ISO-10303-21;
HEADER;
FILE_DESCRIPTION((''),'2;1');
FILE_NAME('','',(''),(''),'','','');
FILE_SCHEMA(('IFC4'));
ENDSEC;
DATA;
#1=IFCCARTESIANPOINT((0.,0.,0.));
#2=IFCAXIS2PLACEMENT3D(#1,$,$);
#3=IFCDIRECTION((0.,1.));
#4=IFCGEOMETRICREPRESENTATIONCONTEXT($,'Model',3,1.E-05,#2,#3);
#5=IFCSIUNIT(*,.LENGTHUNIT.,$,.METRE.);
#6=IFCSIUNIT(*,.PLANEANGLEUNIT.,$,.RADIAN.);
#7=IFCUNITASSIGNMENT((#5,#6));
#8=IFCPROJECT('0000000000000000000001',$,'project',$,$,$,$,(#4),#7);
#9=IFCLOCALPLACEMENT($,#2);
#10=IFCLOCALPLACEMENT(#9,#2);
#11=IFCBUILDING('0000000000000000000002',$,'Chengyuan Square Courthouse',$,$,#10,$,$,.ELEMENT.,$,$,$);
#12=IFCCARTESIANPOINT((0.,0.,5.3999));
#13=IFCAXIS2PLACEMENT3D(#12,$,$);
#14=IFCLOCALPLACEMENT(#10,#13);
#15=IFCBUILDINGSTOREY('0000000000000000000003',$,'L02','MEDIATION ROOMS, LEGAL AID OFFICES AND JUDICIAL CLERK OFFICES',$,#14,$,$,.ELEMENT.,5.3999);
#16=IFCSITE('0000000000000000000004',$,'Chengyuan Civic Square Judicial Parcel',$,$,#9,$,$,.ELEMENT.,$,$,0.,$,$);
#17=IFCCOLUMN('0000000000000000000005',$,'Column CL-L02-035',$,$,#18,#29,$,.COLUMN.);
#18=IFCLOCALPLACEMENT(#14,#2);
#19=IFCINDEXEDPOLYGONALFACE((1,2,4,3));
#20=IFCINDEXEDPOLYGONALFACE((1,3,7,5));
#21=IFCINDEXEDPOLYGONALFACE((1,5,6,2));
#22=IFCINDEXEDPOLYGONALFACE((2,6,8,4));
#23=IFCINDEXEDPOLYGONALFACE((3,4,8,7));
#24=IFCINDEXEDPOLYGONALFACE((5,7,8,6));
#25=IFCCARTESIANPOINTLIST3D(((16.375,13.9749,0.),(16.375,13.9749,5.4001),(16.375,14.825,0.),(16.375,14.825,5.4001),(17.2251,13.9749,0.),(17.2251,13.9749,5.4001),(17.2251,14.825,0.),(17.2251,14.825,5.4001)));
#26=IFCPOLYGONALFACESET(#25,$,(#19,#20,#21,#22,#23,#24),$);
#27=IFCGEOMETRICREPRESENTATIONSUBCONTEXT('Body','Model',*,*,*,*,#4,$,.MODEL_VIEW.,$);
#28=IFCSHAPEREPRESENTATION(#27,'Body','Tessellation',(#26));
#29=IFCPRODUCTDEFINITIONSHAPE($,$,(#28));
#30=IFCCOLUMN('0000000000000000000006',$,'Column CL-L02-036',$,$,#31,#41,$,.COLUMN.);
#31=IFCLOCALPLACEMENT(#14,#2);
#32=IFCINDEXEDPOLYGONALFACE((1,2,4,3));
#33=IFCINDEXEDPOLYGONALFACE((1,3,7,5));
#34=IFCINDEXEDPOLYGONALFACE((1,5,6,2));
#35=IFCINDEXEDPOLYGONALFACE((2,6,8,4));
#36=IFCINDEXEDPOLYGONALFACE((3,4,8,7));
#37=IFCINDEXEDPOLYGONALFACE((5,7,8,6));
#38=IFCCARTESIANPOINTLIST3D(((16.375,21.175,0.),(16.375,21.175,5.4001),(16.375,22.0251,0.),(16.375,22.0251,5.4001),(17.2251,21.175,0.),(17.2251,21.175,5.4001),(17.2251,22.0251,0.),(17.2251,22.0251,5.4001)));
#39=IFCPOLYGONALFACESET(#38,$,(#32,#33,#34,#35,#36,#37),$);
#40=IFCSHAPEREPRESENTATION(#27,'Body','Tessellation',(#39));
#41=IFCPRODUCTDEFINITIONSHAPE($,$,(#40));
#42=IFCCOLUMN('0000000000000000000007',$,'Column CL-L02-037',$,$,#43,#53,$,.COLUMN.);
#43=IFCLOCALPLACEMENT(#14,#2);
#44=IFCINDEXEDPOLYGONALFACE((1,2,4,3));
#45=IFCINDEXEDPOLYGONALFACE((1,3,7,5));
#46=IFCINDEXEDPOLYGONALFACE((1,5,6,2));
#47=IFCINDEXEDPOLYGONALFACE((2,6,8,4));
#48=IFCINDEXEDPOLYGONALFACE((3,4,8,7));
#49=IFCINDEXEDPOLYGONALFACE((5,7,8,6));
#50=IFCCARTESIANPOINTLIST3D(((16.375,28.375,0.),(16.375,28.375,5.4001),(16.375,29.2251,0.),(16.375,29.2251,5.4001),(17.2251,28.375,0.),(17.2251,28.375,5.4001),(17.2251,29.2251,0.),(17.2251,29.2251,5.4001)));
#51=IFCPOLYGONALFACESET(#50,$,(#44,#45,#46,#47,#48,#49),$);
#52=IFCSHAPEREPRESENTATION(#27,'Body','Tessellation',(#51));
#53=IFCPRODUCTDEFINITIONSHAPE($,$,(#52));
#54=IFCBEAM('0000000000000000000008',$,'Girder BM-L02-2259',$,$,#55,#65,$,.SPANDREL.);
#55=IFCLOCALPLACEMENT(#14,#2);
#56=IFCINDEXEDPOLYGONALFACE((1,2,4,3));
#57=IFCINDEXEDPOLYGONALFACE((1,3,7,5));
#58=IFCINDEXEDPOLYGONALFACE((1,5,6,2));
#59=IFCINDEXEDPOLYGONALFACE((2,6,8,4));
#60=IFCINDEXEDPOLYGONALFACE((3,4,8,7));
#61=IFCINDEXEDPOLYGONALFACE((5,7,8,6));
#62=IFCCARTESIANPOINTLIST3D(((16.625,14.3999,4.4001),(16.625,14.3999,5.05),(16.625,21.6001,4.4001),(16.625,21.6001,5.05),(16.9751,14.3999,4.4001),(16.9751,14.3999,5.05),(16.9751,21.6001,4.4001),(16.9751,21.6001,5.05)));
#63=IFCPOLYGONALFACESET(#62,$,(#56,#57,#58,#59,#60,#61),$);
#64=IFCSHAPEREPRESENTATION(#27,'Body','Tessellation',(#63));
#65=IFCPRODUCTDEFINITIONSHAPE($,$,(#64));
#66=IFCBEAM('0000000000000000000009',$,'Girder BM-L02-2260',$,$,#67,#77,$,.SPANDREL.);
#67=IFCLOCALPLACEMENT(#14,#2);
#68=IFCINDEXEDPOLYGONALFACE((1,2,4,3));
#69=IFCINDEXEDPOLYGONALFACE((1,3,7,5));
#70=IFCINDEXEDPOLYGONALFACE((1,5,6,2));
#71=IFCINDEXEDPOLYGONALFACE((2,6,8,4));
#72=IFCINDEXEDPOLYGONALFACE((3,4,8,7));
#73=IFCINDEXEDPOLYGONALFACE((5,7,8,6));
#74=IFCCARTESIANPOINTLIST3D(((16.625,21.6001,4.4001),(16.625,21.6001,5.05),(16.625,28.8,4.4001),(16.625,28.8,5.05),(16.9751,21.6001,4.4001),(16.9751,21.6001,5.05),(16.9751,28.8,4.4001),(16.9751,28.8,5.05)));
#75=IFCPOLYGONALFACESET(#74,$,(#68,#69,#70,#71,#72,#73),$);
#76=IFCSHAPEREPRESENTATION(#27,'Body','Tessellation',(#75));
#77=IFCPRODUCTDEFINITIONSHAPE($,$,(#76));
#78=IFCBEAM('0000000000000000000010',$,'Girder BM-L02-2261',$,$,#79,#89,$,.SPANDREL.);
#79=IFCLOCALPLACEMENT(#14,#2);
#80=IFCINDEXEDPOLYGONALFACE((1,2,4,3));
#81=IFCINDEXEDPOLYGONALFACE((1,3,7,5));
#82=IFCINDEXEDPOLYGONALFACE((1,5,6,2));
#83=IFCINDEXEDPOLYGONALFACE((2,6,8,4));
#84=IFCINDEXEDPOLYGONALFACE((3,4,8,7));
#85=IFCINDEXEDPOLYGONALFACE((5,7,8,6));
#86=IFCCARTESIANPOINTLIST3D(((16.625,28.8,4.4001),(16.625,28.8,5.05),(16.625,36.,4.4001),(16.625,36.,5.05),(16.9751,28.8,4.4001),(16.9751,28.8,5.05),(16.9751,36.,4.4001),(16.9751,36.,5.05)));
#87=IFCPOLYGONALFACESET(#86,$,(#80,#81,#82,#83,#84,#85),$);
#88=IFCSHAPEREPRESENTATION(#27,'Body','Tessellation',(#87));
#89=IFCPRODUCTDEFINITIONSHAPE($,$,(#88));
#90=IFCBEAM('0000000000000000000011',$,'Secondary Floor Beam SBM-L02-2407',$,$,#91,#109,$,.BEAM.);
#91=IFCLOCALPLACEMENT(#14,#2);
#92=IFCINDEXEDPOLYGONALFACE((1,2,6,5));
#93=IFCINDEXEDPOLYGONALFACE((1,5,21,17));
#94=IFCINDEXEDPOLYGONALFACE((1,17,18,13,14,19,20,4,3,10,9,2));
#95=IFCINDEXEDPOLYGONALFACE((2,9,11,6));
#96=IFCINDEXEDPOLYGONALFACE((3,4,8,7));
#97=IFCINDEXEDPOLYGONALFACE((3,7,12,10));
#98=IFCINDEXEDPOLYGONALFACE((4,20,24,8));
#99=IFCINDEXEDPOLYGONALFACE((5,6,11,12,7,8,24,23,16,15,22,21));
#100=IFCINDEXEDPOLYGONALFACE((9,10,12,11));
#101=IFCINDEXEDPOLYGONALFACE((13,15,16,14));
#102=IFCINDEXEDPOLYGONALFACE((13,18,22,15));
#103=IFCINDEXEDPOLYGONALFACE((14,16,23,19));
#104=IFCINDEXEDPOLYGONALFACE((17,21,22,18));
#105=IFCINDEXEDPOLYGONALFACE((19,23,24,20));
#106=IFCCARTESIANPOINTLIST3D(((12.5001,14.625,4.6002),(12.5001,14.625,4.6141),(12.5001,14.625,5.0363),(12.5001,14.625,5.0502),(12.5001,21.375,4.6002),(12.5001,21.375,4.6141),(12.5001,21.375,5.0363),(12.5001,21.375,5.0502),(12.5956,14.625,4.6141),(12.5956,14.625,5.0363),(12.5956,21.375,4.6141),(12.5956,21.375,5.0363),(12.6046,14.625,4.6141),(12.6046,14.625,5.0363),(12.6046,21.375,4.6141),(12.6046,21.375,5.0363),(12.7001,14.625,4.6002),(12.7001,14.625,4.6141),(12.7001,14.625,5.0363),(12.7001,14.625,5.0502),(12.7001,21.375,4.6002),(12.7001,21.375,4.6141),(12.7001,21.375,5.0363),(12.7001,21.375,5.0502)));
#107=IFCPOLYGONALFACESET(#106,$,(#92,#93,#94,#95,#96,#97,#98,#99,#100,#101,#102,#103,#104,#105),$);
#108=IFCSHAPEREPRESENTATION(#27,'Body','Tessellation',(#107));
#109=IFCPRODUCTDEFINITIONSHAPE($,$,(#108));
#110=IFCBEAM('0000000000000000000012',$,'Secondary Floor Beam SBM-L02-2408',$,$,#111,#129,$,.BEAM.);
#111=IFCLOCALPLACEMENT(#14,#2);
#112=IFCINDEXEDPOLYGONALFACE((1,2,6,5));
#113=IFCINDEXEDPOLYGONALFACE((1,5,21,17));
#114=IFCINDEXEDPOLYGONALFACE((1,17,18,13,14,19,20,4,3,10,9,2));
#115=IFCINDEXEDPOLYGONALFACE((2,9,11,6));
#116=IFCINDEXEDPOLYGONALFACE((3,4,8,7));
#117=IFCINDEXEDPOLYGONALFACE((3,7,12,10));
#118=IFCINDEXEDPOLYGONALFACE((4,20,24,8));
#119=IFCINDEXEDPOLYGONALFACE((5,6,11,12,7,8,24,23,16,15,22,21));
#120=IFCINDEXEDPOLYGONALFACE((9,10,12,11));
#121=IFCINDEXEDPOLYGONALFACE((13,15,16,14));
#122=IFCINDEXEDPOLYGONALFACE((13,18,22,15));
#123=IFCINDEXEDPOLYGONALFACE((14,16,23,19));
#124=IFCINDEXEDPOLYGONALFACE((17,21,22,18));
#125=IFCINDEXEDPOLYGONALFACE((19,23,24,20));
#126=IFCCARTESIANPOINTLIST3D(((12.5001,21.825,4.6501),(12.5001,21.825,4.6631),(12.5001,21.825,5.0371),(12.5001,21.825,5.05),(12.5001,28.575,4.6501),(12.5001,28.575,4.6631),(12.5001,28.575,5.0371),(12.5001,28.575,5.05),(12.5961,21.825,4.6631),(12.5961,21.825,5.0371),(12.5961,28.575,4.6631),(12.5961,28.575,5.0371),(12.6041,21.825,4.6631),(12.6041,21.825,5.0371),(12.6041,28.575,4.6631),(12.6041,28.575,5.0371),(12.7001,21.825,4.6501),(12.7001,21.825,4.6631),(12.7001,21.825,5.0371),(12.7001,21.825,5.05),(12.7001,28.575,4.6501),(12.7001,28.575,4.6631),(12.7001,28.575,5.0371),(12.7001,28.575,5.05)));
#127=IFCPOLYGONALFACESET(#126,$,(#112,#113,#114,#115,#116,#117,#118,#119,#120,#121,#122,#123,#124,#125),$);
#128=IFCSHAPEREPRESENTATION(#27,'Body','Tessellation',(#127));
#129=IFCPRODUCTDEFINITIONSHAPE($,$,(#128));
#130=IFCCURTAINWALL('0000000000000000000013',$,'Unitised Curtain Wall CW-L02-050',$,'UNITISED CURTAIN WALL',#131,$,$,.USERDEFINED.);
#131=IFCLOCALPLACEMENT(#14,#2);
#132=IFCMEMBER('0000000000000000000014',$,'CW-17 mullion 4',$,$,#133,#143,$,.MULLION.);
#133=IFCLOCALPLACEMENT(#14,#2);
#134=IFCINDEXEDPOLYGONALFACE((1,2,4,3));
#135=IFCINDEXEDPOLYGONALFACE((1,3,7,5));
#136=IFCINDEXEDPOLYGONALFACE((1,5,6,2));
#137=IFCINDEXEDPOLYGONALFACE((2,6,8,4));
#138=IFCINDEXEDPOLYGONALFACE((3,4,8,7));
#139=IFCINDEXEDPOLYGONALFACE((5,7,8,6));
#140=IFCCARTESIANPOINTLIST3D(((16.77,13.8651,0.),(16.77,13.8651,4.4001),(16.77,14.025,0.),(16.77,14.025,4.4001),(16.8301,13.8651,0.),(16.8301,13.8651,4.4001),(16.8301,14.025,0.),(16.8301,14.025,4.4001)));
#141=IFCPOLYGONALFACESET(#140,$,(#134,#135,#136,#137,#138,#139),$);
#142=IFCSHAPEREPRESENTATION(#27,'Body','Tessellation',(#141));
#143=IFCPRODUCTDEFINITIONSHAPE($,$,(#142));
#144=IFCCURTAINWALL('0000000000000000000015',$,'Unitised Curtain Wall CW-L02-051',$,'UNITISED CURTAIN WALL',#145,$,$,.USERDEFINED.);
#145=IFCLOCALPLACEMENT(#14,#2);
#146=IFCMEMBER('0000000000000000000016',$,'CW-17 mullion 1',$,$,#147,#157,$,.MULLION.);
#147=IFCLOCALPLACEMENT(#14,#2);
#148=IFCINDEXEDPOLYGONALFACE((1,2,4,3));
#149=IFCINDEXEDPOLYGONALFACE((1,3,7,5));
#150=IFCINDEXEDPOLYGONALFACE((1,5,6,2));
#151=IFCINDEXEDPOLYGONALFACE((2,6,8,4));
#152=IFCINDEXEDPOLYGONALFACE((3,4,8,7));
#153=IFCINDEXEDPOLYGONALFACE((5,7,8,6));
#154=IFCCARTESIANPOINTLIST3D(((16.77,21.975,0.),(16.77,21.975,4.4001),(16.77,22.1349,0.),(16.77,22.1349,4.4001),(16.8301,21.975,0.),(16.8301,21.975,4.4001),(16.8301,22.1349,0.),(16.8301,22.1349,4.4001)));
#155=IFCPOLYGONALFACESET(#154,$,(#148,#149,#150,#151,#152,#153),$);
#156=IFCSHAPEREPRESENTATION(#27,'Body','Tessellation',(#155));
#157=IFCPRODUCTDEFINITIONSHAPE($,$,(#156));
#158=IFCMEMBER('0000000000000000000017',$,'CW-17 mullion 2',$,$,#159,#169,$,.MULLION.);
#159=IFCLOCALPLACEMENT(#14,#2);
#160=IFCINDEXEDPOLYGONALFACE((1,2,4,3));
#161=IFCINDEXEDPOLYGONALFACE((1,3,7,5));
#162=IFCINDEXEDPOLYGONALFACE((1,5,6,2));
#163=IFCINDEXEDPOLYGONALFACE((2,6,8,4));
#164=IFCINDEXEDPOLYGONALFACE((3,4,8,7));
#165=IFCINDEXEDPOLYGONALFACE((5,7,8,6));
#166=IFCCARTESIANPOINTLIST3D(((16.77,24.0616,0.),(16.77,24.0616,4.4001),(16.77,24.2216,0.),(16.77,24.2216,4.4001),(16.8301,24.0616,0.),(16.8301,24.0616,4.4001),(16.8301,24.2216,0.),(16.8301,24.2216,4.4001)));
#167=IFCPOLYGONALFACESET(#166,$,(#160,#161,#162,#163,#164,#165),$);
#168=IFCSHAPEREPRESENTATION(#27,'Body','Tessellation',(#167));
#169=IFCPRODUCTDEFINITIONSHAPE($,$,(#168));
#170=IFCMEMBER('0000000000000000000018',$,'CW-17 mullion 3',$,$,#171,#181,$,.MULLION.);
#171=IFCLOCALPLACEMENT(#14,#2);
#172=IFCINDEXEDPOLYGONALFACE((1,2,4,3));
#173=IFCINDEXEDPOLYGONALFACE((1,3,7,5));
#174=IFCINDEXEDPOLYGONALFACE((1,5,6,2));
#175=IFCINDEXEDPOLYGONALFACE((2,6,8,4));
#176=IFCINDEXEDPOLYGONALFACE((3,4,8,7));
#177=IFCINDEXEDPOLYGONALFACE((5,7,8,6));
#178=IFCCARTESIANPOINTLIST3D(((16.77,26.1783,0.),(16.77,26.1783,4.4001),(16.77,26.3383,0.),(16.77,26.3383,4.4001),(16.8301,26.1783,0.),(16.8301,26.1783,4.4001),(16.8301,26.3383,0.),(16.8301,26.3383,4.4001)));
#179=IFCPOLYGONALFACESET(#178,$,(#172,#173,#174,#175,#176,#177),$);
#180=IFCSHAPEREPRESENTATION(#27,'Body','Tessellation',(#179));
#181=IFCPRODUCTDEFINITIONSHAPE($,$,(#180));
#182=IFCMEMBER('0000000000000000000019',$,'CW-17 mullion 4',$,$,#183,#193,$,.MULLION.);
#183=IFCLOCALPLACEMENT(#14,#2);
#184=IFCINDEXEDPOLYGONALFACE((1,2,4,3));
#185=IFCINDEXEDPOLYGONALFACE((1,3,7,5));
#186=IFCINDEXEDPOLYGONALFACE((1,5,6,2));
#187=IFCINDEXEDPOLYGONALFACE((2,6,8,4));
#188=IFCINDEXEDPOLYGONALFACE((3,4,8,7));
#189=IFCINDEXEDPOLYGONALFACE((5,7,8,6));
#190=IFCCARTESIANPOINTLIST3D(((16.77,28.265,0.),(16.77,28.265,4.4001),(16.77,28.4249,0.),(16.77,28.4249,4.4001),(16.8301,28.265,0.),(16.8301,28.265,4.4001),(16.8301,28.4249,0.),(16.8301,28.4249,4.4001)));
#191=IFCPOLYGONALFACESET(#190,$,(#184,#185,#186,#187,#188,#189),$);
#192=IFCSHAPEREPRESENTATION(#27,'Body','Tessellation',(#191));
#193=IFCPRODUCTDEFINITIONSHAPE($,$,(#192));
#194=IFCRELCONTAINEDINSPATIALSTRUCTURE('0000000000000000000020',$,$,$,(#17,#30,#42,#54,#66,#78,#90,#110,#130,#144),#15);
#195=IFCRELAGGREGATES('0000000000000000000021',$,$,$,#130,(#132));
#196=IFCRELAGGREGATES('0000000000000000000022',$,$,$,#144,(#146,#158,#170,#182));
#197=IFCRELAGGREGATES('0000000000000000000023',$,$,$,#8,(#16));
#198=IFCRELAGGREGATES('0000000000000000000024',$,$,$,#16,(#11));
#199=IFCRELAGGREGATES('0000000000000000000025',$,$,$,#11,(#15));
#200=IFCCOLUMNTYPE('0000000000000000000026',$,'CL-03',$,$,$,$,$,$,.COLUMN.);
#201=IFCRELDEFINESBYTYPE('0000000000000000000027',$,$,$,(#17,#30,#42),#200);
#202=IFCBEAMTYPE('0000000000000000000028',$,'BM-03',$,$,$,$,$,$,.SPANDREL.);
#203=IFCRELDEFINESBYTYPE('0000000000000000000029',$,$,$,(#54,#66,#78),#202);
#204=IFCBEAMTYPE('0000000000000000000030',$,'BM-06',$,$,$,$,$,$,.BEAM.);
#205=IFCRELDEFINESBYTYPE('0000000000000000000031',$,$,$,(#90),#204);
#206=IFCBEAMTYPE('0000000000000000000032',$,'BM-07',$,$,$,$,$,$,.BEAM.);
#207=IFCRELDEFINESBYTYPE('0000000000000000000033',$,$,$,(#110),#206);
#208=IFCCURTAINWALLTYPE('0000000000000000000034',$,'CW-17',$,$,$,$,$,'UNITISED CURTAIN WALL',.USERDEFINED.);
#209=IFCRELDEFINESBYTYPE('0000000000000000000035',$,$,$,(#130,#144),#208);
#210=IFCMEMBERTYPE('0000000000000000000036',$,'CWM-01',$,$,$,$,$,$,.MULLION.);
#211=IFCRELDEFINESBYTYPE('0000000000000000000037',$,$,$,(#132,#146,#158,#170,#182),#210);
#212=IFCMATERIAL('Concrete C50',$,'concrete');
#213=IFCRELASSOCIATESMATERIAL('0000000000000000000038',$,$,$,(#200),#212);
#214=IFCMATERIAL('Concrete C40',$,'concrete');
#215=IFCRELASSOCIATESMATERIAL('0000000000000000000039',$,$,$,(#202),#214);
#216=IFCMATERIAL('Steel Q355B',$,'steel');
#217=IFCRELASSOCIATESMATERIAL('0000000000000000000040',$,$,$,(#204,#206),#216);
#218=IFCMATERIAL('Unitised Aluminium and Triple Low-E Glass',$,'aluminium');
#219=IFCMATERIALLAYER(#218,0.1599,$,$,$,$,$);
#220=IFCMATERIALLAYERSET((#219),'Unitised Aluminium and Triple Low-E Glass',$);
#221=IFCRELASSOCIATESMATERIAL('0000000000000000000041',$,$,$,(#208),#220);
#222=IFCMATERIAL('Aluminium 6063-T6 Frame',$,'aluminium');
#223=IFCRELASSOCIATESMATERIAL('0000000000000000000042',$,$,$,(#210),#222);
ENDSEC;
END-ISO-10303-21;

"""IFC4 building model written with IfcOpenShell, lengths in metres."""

from ifc_helpers import new_model, si_unit, direction, frame, origin, origin_2d, place, context, subcontext, project, spatial, rectangle, i_section, extrude, material, layer, layer_set, material_profile, profile_set, type_object, element, aggregate, save


model = new_model("IFC4")

# Units and contexts
model_context = context("Model", 3, precision=1e-05, world=origin(), true_north=direction((0.0, 1.0)))
body_context = subcontext(model_context, "Body", "Model", "MODEL_VIEW")
ifc_project = project(units=[si_unit("LENGTHUNIT", "METRE"), si_unit("PLANEANGLEUNIT", "RADIAN")], contexts=[model_context])

# Site, building, storey
site_placement = place(None, origin())
site = spatial("IfcSite", under=ifc_project, at=site_placement, Name="Chengyuan Civic Square Judicial Parcel", CompositionType="ELEMENT", RefElevation=0.0)
building_placement = place(site_placement, origin())
building = spatial("IfcBuilding", under=site, at=building_placement, Name="Chengyuan Square Courthouse", CompositionType="ELEMENT")
storey_placement = place(building_placement, frame((0.0, 0.0, 5.3999)))
storey = spatial("IfcBuildingStorey", under=building, at=storey_placement, Name="L02", Description="MEDIATION ROOMS, LEGAL AID OFFICES AND JUDICIAL CLERK OFFICES", CompositionType="ELEMENT", Elevation=5.3999)

# Columns
ifc_material_1 = material(Name="Concrete C50", Category="concrete")
ifc_material_profile_1 = material_profile(ifc_material_1, rectangle(XDim=0.8501, YDim=0.8501, at=origin_2d()), Name="RC-COL-850x850")
ifc_profile_set_1 = profile_set([ifc_material_profile_1], Name="Concrete C50")
column_type = type_object("IfcColumnType", Name="CL-03", PredefinedType="COLUMN", material=ifc_profile_set_1)
for number, where, z_axis, x_axis, name in (
    (1, (16.8, 14.3999, 0.0), (0.0, 0.0, 1.0), (1.0, 0.0, 0.0), "Column CL-L02-035"),
    (2, (16.8, 21.6001, 0.0), (0.0, 0.0, 1.0), (1.0, 0.0, 0.0), "Column CL-L02-036"),
    (3, (16.8, 28.8, 0.0), (0.0, 0.0, 1.0), (1.0, 0.0, 0.0), "Column CL-L02-037"),
):
    element("IfcColumn", number, at=place(storey_placement, frame(where, z_axis=z_axis, x_axis=x_axis)), inside=storey, type_object=column_type, Name=name, PredefinedType="COLUMN", context=body_context, shape_type="SweptSolid", body=[
        extrude(rectangle(XDim=0.8501, YDim=0.8501, at=origin_2d()), origin(), (0.0, 0.0, 1.0), 5.4001),
    ])

# Beams
ifc_material_2 = material(Name="Concrete C40", Category="concrete")
ifc_material_profile_2 = material_profile(ifc_material_2, rectangle(XDim=0.3501, YDim=0.6499, at=origin_2d()), Name="RC-BM-350x650")
ifc_profile_set_2 = profile_set([ifc_material_profile_2], Name="Concrete C40")
beam_type_1 = type_object("IfcBeamType", Name="BM-03", PredefinedType="SPANDREL", material=ifc_profile_set_2)
beam_1_placement = place(storey_placement, frame((16.8, 14.3999, 4.7251), z_axis=(0.0, 1.0, 0.0), x_axis=(-1.0, 0.0, 0.0)))
element("IfcBeam", 4, at=beam_1_placement, inside=storey, type_object=beam_type_1, Name="Girder BM-L02-2259", PredefinedType="SPANDREL", context=body_context, shape_type="SweptSolid", body=[
    extrude(rectangle(XDim=0.3501, YDim=0.6499, at=origin_2d()), origin(), (0.0, 0.0, 1.0), 7.2002),
])
for number, where, z_axis, x_axis, name in (
    (5, (16.8, 21.6001, 4.7251), (0.0, 1.0, 0.0), (-1.0, 0.0, 0.0), "Girder BM-L02-2260"),
    (6, (16.8, 28.8, 4.7251), (0.0, 1.0, 0.0), (-1.0, 0.0, 0.0), "Girder BM-L02-2261"),
):
    element("IfcBeam", number, at=place(storey_placement, frame(where, z_axis=z_axis, x_axis=x_axis)), inside=storey, type_object=beam_type_1, Name=name, PredefinedType="SPANDREL", context=body_context, shape_type="SweptSolid", body=[
        extrude(rectangle(XDim=0.3501, YDim=0.6499, at=origin_2d()), origin(), (0.0, 0.0, 1.0), 7.2),
    ])
ifc_material_3 = material(Name="Steel Q355B", Category="steel")
ifc_material_profile_3 = material_profile(ifc_material_3, i_section(OverallWidth=0.2, OverallDepth=0.45, WebThickness=0.009, FlangeThickness=0.0139, at=origin_2d()), Name="HN 450x200x9x14")
ifc_profile_set_3 = profile_set([ifc_material_profile_3], Name="Steel Q355B")
beam_type_2 = type_object("IfcBeamType", Name="BM-06", PredefinedType="BEAM", material=ifc_profile_set_3)
beam_2_placement = place(storey_placement, frame((12.6001, 14.625, 4.8252), z_axis=(0.0, 1.0, 0.0), x_axis=(-1.0, 0.0, 0.0)))
element("IfcBeam", 7, at=beam_2_placement, inside=storey, type_object=beam_type_2, Name="Secondary Floor Beam SBM-L02-2407", PredefinedType="BEAM", context=body_context, shape_type="SweptSolid", body=[
    extrude(i_section(OverallWidth=0.2, OverallDepth=0.45, WebThickness=0.009, FlangeThickness=0.0139, at=origin_2d()), origin(), (0.0, 0.0, 1.0), 6.75),
])
ifc_material_profile_4 = material_profile(ifc_material_3, i_section(OverallWidth=0.2, OverallDepth=0.3999, WebThickness=0.0081, FlangeThickness=0.0129, at=origin_2d()), Name="HN 400x200x8x13")
ifc_profile_set_4 = profile_set([ifc_material_profile_4], Name="Steel Q355B")
beam_type_3 = type_object("IfcBeamType", Name="BM-07", PredefinedType="BEAM", material=ifc_profile_set_4)
beam_3_placement = place(storey_placement, frame((12.6001, 21.825, 4.8501), z_axis=(0.0, 1.0, 0.0), x_axis=(-1.0, 0.0, 0.0)))
element("IfcBeam", 8, at=beam_3_placement, inside=storey, type_object=beam_type_3, Name="Secondary Floor Beam SBM-L02-2408", PredefinedType="BEAM", context=body_context, shape_type="SweptSolid", body=[
    extrude(i_section(OverallWidth=0.2, OverallDepth=0.3999, WebThickness=0.0081, FlangeThickness=0.0129, at=origin_2d()), origin(), (0.0, 0.0, 1.0), 6.75),
])

# Curtain wall, member
ifc_material_4 = material(Name="Unitised Aluminium and Triple Low-E Glass", Category="aluminium")
ifc_layer_1 = layer(ifc_material_4, 0.1599)
ifc_layer_set_1 = layer_set([ifc_layer_1], Name="Unitised Aluminium and Triple Low-E Glass")
curtain_wall_type = type_object("IfcCurtainWallType", Name="CW-17", ElementType="UNITISED CURTAIN WALL", PredefinedType="USERDEFINED", material=ifc_layer_set_1)
curtain_wall_1_placement = place(storey_placement, origin())
curtain_wall_1 = element("IfcCurtainWall", 9, at=curtain_wall_1_placement, inside=storey, type_object=curtain_wall_type, Name="Unitised Curtain Wall CW-L02-050", ObjectType="UNITISED CURTAIN WALL", PredefinedType="USERDEFINED")
ifc_material_5 = material(Name="Aluminium 6063-T6 Frame", Category="aluminium")
ifc_material_profile_5 = material_profile(ifc_material_5, rectangle(XDim=0.0601, YDim=0.1599, at=origin_2d()), Name="CW-MUL-60x160")
ifc_profile_set_5 = profile_set([ifc_material_profile_5], Name="Aluminium 6063-T6 Frame")
member_type_1 = type_object("IfcMemberType", Name="CWM-01", PredefinedType="MULLION", material=ifc_profile_set_5)
member_1_placement = place(storey_placement, frame((16.8, 13.9451, 0.0), z_axis=(0.0, 0.0, 1.0), x_axis=(-1.0, 0.0, 0.0)))
member_1 = element("IfcMember", 10, at=member_1_placement, type_object=member_type_1, Name="CW-17 mullion 4", PredefinedType="MULLION", context=body_context, shape_type="SweptSolid", body=[
    extrude(rectangle(XDim=0.0601, YDim=0.1599, at=origin_2d()), origin(), (0.0, 0.0, 1.0), 4.4001),
])

# Curtain wall, members
curtain_wall_2_placement = place(storey_placement, origin())
curtain_wall_2 = element("IfcCurtainWall", 11, at=curtain_wall_2_placement, inside=storey, type_object=curtain_wall_type, Name="Unitised Curtain Wall CW-L02-051", ObjectType="UNITISED CURTAIN WALL", PredefinedType="USERDEFINED")
member_2_placement = place(storey_placement, frame((16.8, 22.0549, 0.0), z_axis=(0.0, 0.0, 1.0), x_axis=(-1.0, 0.0, 0.0)))
member_2 = element("IfcMember", 12, at=member_2_placement, type_object=member_type_1, Name="CW-17 mullion 1", PredefinedType="MULLION", context=body_context, shape_type="SweptSolid", body=[
    extrude(rectangle(XDim=0.0601, YDim=0.1599, at=origin_2d()), origin(), (0.0, 0.0, 1.0), 4.4001),
])
member_3_placement = place(storey_placement, frame((16.8, 24.1416, 0.0), z_axis=(0.0, 0.0, 1.0), x_axis=(-1.0, 0.0, 0.0)))
member_3 = element("IfcMember", 13, at=member_3_placement, type_object=member_type_1, Name="CW-17 mullion 2", PredefinedType="MULLION", context=body_context, shape_type="SweptSolid", body=[
    extrude(rectangle(XDim=0.0601, YDim=0.1599, at=origin_2d()), origin(), (0.0, 0.0, 1.0), 4.4001),
])
member_4_placement = place(storey_placement, frame((16.8, 26.2583, 0.0), z_axis=(0.0, 0.0, 1.0), x_axis=(-1.0, 0.0, 0.0)))
member_4 = element("IfcMember", 14, at=member_4_placement, type_object=member_type_1, Name="CW-17 mullion 3", PredefinedType="MULLION", context=body_context, shape_type="SweptSolid", body=[
    extrude(rectangle(XDim=0.0601, YDim=0.1599, at=origin_2d()), origin(), (0.0, 0.0, 1.0), 4.4001),
])
member_5_placement = place(storey_placement, frame((16.8, 28.345, 0.0), z_axis=(0.0, 0.0, 1.0), x_axis=(-1.0, 0.0, 0.0)))
member_5 = element("IfcMember", 15, at=member_5_placement, type_object=member_type_1, Name="CW-17 mullion 4", PredefinedType="MULLION", context=body_context, shape_type="SweptSolid", body=[
    extrude(rectangle(XDim=0.0601, YDim=0.1599, at=origin_2d()), origin(), (0.0, 0.0, 1.0), 4.4001),
])

aggregate(curtain_wall_1, [member_1])
aggregate(curtain_wall_2, [member_2, member_3, member_4, member_5])

save(model, "model.ifc")
